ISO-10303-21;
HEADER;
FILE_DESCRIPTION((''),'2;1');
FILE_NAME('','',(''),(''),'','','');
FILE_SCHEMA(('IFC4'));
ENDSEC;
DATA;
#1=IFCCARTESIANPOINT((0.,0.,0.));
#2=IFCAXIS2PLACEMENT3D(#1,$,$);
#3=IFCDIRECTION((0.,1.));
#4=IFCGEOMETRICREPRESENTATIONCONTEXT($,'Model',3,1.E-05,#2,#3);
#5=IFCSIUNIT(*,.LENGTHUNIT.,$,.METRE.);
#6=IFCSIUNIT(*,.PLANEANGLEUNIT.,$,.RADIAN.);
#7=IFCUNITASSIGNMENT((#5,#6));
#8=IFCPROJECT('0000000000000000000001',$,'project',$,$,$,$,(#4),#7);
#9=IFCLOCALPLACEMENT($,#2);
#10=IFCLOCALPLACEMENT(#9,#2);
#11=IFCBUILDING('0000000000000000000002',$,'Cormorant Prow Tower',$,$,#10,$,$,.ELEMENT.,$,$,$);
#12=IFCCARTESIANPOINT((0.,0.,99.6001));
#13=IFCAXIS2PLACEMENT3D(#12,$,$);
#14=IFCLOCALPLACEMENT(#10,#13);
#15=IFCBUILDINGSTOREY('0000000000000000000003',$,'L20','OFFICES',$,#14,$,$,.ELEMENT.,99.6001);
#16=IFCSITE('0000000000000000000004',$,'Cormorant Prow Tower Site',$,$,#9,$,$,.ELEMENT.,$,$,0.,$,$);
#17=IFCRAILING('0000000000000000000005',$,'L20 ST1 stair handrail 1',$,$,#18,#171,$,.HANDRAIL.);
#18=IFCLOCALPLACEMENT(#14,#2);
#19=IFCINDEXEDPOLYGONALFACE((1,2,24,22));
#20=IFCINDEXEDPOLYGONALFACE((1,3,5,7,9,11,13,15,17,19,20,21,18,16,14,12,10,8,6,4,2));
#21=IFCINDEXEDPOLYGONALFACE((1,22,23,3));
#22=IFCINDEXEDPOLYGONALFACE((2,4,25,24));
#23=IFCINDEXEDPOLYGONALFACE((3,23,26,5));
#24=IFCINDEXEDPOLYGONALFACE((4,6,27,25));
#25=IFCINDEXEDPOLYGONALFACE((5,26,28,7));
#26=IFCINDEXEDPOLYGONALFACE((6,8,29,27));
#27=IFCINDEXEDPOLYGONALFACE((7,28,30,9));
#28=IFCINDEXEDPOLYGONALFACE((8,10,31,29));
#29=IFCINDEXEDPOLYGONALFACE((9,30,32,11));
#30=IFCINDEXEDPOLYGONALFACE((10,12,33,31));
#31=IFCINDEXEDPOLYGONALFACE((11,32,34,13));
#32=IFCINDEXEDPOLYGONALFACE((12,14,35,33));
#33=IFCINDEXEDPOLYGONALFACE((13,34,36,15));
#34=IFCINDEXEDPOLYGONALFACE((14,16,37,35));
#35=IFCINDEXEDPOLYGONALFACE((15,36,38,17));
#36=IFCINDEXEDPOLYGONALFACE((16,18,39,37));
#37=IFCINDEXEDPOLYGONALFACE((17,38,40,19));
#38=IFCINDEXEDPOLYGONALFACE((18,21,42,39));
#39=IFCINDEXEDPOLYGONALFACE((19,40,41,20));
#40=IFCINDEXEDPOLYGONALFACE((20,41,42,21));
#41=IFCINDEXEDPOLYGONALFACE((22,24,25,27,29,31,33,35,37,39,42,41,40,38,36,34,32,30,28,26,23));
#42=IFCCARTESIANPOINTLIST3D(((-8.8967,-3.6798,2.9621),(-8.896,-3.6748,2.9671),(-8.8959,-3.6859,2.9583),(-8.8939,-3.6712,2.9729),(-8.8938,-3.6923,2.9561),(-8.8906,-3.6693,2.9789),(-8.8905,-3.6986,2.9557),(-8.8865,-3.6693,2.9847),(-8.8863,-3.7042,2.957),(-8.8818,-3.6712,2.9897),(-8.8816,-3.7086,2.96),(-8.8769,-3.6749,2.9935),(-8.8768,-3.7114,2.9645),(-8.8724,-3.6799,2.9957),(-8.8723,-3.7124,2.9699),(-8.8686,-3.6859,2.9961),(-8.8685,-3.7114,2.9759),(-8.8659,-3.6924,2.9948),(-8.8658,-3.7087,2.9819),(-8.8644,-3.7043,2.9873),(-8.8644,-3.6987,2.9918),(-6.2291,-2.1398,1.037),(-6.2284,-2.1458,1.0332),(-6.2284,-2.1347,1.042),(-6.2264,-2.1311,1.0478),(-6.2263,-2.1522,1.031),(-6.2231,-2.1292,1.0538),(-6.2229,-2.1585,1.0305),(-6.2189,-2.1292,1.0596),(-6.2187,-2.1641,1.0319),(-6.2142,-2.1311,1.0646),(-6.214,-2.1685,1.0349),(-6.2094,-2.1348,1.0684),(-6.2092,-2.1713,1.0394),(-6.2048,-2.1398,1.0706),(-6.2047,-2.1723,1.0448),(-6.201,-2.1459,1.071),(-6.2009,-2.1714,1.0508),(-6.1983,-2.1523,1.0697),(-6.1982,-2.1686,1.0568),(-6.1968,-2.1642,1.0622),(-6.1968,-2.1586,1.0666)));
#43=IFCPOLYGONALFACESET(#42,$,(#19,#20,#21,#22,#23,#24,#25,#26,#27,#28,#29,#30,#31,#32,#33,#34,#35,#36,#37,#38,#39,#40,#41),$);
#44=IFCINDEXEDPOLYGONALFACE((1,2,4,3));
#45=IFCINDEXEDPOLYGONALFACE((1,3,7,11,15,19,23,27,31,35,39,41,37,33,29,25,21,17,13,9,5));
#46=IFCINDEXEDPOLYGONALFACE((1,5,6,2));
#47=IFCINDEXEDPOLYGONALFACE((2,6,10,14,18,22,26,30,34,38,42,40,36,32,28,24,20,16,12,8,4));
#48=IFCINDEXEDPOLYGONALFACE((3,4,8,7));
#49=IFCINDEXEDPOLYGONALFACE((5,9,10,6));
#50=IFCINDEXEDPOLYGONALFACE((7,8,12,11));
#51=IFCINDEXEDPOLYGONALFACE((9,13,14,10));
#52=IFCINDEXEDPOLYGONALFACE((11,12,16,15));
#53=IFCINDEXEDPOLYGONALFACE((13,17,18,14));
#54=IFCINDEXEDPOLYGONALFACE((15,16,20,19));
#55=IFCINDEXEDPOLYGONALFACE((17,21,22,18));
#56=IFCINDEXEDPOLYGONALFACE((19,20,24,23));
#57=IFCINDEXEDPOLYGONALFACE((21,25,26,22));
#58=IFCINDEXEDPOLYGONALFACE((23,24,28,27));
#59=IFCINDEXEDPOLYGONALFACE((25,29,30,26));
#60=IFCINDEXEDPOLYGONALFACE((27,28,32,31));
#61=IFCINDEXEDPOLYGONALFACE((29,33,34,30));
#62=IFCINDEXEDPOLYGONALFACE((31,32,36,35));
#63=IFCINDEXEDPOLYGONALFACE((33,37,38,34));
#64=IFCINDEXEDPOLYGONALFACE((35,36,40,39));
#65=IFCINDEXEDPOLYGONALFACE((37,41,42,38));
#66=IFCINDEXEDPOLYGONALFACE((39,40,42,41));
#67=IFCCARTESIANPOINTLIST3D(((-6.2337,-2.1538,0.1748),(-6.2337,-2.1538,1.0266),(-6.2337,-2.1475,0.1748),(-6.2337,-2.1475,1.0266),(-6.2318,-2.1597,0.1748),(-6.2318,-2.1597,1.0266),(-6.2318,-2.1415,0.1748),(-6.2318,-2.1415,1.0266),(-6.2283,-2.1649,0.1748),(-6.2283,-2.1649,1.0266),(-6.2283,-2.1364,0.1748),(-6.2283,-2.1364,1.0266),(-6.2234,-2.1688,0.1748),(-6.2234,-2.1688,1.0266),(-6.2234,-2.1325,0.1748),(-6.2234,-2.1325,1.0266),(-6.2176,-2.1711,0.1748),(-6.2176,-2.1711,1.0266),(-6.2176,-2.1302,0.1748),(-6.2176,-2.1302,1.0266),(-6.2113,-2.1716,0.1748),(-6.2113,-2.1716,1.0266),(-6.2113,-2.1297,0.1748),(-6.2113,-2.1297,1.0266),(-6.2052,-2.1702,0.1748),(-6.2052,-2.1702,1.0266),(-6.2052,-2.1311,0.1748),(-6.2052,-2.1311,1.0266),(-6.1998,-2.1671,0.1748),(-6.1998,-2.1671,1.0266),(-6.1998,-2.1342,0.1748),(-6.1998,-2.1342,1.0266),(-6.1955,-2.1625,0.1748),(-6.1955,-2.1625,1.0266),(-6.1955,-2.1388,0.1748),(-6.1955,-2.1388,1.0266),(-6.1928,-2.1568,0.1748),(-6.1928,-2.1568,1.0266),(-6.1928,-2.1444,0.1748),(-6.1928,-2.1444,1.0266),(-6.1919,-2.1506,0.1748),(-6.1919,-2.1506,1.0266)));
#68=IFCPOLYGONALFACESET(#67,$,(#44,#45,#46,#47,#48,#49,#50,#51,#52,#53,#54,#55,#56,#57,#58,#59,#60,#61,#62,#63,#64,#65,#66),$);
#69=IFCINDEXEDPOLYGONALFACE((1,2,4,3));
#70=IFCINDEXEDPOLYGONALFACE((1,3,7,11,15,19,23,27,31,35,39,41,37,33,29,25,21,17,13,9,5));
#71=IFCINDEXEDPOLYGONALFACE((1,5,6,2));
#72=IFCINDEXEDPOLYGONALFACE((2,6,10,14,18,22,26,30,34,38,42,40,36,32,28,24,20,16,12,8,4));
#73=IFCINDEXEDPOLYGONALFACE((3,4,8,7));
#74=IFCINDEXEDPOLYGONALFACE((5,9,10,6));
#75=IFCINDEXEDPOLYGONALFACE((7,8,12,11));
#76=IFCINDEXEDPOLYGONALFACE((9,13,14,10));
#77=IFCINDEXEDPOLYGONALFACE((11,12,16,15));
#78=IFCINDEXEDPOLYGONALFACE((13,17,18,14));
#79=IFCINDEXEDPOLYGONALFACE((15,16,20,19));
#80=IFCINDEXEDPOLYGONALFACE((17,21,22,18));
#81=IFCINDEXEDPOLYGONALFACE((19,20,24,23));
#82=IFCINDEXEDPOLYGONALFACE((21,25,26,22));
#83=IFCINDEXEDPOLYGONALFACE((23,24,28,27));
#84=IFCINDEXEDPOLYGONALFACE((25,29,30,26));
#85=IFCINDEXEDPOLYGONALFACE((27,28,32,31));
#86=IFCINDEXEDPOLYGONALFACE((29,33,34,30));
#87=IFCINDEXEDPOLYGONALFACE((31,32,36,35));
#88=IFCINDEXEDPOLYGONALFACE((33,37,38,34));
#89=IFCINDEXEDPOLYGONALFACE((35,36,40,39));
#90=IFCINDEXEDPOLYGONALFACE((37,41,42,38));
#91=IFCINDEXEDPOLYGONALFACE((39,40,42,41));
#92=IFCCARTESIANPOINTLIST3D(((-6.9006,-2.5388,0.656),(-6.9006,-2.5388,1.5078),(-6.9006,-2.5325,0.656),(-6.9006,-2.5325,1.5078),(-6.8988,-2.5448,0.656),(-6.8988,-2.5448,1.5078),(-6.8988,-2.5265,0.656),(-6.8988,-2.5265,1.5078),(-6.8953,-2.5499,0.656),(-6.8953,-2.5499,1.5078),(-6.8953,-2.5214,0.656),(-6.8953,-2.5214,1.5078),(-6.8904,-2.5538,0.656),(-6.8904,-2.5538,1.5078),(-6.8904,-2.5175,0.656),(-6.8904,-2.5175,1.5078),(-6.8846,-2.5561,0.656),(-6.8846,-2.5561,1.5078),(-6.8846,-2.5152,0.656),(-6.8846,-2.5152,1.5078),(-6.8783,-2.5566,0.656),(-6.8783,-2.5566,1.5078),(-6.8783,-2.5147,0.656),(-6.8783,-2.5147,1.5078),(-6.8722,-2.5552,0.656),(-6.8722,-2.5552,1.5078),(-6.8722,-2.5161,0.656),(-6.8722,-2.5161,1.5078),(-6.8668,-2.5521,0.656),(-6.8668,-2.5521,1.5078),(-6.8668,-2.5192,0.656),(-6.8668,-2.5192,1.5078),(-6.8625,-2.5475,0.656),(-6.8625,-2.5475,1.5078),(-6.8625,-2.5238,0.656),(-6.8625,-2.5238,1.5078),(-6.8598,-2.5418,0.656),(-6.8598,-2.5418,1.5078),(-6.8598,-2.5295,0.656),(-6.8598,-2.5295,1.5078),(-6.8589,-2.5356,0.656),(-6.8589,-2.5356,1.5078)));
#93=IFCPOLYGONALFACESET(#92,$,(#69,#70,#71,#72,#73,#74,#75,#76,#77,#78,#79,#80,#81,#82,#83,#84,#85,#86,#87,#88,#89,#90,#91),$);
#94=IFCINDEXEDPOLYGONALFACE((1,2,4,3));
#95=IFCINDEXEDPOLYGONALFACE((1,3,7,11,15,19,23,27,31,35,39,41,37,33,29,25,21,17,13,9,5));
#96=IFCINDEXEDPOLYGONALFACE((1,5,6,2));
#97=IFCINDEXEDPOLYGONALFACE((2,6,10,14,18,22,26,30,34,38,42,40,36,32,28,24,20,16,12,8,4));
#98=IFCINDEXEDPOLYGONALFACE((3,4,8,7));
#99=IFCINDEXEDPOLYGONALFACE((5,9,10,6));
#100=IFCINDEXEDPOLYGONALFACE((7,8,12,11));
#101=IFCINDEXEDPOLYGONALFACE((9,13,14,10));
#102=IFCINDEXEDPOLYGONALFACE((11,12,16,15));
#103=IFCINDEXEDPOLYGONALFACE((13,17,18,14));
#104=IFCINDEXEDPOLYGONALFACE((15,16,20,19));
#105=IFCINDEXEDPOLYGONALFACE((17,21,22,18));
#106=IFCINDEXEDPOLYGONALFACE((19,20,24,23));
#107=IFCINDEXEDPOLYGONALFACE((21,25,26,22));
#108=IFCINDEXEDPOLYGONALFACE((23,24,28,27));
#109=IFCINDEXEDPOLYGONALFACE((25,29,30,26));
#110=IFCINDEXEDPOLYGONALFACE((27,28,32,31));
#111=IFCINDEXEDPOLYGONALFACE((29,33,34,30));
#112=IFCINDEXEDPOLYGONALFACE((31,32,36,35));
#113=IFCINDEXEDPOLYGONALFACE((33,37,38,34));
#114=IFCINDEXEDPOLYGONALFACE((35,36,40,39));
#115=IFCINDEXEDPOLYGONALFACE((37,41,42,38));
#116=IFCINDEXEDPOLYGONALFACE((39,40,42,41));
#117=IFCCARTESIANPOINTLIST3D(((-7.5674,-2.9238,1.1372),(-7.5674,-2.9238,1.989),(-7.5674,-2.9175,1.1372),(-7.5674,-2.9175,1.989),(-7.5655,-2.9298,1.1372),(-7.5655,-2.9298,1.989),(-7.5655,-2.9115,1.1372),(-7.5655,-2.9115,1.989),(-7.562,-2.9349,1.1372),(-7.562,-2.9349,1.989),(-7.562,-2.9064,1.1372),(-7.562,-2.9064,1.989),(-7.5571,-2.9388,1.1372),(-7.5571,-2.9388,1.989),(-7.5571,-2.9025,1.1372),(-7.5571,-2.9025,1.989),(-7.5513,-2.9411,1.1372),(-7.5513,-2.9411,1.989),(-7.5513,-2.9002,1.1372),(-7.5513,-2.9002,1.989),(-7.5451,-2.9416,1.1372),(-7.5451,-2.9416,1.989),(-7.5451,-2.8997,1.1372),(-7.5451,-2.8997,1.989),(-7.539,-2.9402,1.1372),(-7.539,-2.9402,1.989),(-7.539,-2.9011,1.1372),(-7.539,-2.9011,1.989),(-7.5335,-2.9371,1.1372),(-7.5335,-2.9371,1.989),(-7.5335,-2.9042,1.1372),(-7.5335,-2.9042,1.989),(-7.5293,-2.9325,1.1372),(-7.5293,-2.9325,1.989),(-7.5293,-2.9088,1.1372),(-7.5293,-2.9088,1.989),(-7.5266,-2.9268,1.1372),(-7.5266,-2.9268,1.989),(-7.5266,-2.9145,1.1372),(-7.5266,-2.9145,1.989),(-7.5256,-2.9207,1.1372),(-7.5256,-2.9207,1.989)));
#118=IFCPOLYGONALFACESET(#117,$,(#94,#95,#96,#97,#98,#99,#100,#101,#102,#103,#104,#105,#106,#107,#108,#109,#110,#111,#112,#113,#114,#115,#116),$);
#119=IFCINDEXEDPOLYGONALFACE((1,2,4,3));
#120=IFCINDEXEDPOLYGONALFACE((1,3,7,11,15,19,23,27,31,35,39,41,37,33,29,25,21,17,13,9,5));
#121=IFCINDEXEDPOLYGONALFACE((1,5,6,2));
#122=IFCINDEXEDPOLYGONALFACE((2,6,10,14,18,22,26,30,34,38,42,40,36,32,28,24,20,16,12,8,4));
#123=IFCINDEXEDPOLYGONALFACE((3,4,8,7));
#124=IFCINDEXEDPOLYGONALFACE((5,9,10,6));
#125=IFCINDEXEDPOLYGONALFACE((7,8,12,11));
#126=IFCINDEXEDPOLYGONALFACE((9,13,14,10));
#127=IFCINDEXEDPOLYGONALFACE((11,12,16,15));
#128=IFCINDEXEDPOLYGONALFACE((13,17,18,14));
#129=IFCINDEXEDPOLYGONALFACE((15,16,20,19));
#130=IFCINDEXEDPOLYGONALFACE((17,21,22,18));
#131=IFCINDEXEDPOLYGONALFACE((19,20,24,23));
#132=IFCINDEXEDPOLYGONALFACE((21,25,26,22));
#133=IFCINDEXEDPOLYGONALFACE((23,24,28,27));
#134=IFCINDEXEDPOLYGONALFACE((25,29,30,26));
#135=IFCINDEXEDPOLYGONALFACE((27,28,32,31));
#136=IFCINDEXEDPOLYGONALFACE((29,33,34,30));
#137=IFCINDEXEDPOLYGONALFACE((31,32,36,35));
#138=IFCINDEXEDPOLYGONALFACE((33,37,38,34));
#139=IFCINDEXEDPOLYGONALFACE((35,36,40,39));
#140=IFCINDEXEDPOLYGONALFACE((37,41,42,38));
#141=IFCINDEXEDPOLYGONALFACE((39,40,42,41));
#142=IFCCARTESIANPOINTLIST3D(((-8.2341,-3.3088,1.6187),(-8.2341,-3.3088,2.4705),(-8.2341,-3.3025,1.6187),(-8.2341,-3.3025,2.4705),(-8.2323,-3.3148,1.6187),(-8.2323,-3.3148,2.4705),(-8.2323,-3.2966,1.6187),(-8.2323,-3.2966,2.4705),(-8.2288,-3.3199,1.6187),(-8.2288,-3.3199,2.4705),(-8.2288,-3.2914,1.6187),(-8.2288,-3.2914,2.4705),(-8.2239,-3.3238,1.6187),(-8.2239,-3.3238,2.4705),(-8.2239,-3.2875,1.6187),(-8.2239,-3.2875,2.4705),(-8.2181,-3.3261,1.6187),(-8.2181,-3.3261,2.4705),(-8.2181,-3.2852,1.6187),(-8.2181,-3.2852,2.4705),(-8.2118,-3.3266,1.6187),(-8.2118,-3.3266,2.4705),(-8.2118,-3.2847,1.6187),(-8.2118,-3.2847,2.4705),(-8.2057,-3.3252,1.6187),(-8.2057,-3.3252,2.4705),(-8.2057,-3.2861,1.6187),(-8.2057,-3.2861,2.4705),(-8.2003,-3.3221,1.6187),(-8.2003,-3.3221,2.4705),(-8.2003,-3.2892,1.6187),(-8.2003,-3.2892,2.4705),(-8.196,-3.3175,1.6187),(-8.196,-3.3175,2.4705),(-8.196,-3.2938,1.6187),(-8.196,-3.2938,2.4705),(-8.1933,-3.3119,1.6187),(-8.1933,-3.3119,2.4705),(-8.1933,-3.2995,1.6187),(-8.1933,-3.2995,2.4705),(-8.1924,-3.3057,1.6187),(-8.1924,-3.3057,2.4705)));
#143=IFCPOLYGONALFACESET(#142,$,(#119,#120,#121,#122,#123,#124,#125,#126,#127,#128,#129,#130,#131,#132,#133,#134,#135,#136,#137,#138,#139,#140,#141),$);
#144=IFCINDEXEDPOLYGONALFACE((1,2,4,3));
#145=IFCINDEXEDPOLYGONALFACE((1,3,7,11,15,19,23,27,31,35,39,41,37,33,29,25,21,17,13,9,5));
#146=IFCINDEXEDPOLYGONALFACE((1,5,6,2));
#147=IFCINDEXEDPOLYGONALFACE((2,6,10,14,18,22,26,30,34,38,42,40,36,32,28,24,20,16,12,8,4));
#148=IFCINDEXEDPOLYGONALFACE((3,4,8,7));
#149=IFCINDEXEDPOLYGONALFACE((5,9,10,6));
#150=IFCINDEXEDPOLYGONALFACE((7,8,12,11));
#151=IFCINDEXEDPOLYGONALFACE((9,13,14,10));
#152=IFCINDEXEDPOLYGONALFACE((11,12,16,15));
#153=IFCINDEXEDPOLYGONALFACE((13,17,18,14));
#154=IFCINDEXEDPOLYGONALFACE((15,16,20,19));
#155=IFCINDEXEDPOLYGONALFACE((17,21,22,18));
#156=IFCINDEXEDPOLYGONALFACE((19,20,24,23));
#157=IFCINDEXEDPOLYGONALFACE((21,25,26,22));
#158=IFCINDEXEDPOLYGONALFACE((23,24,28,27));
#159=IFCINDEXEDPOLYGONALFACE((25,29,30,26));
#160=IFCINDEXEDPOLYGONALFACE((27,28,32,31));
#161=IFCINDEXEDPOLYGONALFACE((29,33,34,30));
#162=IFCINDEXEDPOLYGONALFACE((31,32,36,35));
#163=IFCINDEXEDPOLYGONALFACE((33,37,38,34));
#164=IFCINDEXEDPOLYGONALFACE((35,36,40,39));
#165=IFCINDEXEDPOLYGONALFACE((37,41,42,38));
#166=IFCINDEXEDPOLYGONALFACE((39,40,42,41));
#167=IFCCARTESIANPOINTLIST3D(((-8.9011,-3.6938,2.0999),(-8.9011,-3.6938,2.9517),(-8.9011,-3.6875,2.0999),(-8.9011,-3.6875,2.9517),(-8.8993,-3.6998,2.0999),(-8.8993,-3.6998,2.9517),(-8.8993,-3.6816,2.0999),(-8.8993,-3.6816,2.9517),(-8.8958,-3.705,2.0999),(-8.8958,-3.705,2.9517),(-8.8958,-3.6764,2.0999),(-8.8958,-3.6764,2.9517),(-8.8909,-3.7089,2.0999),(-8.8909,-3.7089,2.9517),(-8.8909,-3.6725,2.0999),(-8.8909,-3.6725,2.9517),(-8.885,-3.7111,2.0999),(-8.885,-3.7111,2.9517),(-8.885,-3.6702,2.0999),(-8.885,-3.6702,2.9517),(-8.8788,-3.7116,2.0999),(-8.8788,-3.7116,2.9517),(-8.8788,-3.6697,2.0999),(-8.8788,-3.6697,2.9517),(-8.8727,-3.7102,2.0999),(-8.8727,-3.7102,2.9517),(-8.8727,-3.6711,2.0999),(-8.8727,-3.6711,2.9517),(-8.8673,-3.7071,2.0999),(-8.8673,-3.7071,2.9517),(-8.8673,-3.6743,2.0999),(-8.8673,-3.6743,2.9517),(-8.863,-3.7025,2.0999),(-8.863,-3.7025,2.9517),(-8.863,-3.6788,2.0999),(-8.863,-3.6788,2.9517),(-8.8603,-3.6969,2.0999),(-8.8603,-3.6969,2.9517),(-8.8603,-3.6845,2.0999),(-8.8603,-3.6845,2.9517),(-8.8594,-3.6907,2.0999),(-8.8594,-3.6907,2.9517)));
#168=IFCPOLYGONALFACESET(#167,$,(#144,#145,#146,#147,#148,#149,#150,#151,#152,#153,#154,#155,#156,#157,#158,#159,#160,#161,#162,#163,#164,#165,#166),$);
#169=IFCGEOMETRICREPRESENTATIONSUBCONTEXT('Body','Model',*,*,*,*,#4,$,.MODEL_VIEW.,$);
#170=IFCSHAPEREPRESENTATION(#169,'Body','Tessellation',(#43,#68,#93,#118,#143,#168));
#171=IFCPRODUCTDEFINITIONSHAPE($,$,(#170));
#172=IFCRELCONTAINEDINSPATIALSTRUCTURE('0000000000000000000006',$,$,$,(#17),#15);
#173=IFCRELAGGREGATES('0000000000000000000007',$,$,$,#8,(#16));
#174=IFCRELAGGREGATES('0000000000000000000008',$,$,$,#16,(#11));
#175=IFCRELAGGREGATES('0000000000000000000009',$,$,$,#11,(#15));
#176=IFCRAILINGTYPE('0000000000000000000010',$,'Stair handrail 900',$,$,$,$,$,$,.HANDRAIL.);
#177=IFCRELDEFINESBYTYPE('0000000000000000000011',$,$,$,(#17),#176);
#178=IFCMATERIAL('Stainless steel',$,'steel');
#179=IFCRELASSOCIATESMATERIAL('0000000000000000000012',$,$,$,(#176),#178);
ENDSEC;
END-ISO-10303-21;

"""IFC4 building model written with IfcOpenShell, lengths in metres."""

from ifc_helpers import new_model, si_unit, direction, frame, origin, origin_2d, place, context, subcontext, project, spatial, circle, extrude, material, type_object, element, save


model = new_model("IFC4")

# Units and contexts
model_context = context("Model", 3, precision=1e-05, world=origin(), true_north=direction((0.0, 1.0)))
body_context = subcontext(model_context, "Body", "Model", "MODEL_VIEW")
ifc_project = project(units=[si_unit("LENGTHUNIT", "METRE"), si_unit("PLANEANGLEUNIT", "RADIAN")], contexts=[model_context])

# Site, building, storey
site_placement = place(None, origin())
site = spatial("IfcSite", under=ifc_project, at=site_placement, Name="Cormorant Prow Tower Site", CompositionType="ELEMENT", RefElevation=0.0)
building_placement = place(site_placement, origin())
building = spatial("IfcBuilding", under=site, at=building_placement, Name="Cormorant Prow Tower", CompositionType="ELEMENT")
storey_placement = place(building_placement, frame((0.0, 0.0, 99.6001)))
storey = spatial("IfcBuildingStorey", under=building, at=storey_placement, Name="L20", Description="OFFICES", CompositionType="ELEMENT", Elevation=99.6001)

# Railing
ifc_material_1 = material(Name="Stainless steel", Category="steel")
railing_type_1 = type_object("IfcRailingType", Name="Stair handrail 900", PredefinedType="HANDRAIL", material=ifc_material_1)
railing_1_placement = place(storey_placement, frame((-6.2129, -2.1506, 0.1748)))
element("IfcRailing", 1, at=railing_1_placement, inside=storey, type_object=railing_type_1, Name="L20 ST1 stair handrail 1", PredefinedType="HANDRAIL", context=body_context, shape_type="SweptSolid", body=[
    extrude(circle(Radius=0.0239, at=origin_2d()), frame((0.0, 0.0, 0.876), z_axis=(-0.734395, -0.423994, 0.529993), x_axis=(0.499992, -0.86603, 0.0)), (0.0, 0.0, 1.0), 3.6323),
    extrude(circle(Radius=0.021, at=origin_2d()), origin(), (0.0, 0.0, 1.0), 0.8518),
    extrude(circle(Radius=0.021, at=origin_2d()), frame((-0.667, -0.385, 0.4812)), (0.0, 0.0, 1.0), 0.8518),
    extrude(circle(Radius=0.021, at=origin_2d()), frame((-1.3337, -0.77, 0.9624)), (0.0, 0.0, 1.0), 0.8518),
    extrude(circle(Radius=0.021, at=origin_2d()), frame((-2.0005, -1.155, 1.4438)), (0.0, 0.0, 1.0), 0.8518),
    extrude(circle(Radius=0.021, at=origin_2d()), frame((-2.6675, -1.54, 1.925)), (0.0, 0.0, 1.0), 0.8518),
])

save(model, "model.ifc")
